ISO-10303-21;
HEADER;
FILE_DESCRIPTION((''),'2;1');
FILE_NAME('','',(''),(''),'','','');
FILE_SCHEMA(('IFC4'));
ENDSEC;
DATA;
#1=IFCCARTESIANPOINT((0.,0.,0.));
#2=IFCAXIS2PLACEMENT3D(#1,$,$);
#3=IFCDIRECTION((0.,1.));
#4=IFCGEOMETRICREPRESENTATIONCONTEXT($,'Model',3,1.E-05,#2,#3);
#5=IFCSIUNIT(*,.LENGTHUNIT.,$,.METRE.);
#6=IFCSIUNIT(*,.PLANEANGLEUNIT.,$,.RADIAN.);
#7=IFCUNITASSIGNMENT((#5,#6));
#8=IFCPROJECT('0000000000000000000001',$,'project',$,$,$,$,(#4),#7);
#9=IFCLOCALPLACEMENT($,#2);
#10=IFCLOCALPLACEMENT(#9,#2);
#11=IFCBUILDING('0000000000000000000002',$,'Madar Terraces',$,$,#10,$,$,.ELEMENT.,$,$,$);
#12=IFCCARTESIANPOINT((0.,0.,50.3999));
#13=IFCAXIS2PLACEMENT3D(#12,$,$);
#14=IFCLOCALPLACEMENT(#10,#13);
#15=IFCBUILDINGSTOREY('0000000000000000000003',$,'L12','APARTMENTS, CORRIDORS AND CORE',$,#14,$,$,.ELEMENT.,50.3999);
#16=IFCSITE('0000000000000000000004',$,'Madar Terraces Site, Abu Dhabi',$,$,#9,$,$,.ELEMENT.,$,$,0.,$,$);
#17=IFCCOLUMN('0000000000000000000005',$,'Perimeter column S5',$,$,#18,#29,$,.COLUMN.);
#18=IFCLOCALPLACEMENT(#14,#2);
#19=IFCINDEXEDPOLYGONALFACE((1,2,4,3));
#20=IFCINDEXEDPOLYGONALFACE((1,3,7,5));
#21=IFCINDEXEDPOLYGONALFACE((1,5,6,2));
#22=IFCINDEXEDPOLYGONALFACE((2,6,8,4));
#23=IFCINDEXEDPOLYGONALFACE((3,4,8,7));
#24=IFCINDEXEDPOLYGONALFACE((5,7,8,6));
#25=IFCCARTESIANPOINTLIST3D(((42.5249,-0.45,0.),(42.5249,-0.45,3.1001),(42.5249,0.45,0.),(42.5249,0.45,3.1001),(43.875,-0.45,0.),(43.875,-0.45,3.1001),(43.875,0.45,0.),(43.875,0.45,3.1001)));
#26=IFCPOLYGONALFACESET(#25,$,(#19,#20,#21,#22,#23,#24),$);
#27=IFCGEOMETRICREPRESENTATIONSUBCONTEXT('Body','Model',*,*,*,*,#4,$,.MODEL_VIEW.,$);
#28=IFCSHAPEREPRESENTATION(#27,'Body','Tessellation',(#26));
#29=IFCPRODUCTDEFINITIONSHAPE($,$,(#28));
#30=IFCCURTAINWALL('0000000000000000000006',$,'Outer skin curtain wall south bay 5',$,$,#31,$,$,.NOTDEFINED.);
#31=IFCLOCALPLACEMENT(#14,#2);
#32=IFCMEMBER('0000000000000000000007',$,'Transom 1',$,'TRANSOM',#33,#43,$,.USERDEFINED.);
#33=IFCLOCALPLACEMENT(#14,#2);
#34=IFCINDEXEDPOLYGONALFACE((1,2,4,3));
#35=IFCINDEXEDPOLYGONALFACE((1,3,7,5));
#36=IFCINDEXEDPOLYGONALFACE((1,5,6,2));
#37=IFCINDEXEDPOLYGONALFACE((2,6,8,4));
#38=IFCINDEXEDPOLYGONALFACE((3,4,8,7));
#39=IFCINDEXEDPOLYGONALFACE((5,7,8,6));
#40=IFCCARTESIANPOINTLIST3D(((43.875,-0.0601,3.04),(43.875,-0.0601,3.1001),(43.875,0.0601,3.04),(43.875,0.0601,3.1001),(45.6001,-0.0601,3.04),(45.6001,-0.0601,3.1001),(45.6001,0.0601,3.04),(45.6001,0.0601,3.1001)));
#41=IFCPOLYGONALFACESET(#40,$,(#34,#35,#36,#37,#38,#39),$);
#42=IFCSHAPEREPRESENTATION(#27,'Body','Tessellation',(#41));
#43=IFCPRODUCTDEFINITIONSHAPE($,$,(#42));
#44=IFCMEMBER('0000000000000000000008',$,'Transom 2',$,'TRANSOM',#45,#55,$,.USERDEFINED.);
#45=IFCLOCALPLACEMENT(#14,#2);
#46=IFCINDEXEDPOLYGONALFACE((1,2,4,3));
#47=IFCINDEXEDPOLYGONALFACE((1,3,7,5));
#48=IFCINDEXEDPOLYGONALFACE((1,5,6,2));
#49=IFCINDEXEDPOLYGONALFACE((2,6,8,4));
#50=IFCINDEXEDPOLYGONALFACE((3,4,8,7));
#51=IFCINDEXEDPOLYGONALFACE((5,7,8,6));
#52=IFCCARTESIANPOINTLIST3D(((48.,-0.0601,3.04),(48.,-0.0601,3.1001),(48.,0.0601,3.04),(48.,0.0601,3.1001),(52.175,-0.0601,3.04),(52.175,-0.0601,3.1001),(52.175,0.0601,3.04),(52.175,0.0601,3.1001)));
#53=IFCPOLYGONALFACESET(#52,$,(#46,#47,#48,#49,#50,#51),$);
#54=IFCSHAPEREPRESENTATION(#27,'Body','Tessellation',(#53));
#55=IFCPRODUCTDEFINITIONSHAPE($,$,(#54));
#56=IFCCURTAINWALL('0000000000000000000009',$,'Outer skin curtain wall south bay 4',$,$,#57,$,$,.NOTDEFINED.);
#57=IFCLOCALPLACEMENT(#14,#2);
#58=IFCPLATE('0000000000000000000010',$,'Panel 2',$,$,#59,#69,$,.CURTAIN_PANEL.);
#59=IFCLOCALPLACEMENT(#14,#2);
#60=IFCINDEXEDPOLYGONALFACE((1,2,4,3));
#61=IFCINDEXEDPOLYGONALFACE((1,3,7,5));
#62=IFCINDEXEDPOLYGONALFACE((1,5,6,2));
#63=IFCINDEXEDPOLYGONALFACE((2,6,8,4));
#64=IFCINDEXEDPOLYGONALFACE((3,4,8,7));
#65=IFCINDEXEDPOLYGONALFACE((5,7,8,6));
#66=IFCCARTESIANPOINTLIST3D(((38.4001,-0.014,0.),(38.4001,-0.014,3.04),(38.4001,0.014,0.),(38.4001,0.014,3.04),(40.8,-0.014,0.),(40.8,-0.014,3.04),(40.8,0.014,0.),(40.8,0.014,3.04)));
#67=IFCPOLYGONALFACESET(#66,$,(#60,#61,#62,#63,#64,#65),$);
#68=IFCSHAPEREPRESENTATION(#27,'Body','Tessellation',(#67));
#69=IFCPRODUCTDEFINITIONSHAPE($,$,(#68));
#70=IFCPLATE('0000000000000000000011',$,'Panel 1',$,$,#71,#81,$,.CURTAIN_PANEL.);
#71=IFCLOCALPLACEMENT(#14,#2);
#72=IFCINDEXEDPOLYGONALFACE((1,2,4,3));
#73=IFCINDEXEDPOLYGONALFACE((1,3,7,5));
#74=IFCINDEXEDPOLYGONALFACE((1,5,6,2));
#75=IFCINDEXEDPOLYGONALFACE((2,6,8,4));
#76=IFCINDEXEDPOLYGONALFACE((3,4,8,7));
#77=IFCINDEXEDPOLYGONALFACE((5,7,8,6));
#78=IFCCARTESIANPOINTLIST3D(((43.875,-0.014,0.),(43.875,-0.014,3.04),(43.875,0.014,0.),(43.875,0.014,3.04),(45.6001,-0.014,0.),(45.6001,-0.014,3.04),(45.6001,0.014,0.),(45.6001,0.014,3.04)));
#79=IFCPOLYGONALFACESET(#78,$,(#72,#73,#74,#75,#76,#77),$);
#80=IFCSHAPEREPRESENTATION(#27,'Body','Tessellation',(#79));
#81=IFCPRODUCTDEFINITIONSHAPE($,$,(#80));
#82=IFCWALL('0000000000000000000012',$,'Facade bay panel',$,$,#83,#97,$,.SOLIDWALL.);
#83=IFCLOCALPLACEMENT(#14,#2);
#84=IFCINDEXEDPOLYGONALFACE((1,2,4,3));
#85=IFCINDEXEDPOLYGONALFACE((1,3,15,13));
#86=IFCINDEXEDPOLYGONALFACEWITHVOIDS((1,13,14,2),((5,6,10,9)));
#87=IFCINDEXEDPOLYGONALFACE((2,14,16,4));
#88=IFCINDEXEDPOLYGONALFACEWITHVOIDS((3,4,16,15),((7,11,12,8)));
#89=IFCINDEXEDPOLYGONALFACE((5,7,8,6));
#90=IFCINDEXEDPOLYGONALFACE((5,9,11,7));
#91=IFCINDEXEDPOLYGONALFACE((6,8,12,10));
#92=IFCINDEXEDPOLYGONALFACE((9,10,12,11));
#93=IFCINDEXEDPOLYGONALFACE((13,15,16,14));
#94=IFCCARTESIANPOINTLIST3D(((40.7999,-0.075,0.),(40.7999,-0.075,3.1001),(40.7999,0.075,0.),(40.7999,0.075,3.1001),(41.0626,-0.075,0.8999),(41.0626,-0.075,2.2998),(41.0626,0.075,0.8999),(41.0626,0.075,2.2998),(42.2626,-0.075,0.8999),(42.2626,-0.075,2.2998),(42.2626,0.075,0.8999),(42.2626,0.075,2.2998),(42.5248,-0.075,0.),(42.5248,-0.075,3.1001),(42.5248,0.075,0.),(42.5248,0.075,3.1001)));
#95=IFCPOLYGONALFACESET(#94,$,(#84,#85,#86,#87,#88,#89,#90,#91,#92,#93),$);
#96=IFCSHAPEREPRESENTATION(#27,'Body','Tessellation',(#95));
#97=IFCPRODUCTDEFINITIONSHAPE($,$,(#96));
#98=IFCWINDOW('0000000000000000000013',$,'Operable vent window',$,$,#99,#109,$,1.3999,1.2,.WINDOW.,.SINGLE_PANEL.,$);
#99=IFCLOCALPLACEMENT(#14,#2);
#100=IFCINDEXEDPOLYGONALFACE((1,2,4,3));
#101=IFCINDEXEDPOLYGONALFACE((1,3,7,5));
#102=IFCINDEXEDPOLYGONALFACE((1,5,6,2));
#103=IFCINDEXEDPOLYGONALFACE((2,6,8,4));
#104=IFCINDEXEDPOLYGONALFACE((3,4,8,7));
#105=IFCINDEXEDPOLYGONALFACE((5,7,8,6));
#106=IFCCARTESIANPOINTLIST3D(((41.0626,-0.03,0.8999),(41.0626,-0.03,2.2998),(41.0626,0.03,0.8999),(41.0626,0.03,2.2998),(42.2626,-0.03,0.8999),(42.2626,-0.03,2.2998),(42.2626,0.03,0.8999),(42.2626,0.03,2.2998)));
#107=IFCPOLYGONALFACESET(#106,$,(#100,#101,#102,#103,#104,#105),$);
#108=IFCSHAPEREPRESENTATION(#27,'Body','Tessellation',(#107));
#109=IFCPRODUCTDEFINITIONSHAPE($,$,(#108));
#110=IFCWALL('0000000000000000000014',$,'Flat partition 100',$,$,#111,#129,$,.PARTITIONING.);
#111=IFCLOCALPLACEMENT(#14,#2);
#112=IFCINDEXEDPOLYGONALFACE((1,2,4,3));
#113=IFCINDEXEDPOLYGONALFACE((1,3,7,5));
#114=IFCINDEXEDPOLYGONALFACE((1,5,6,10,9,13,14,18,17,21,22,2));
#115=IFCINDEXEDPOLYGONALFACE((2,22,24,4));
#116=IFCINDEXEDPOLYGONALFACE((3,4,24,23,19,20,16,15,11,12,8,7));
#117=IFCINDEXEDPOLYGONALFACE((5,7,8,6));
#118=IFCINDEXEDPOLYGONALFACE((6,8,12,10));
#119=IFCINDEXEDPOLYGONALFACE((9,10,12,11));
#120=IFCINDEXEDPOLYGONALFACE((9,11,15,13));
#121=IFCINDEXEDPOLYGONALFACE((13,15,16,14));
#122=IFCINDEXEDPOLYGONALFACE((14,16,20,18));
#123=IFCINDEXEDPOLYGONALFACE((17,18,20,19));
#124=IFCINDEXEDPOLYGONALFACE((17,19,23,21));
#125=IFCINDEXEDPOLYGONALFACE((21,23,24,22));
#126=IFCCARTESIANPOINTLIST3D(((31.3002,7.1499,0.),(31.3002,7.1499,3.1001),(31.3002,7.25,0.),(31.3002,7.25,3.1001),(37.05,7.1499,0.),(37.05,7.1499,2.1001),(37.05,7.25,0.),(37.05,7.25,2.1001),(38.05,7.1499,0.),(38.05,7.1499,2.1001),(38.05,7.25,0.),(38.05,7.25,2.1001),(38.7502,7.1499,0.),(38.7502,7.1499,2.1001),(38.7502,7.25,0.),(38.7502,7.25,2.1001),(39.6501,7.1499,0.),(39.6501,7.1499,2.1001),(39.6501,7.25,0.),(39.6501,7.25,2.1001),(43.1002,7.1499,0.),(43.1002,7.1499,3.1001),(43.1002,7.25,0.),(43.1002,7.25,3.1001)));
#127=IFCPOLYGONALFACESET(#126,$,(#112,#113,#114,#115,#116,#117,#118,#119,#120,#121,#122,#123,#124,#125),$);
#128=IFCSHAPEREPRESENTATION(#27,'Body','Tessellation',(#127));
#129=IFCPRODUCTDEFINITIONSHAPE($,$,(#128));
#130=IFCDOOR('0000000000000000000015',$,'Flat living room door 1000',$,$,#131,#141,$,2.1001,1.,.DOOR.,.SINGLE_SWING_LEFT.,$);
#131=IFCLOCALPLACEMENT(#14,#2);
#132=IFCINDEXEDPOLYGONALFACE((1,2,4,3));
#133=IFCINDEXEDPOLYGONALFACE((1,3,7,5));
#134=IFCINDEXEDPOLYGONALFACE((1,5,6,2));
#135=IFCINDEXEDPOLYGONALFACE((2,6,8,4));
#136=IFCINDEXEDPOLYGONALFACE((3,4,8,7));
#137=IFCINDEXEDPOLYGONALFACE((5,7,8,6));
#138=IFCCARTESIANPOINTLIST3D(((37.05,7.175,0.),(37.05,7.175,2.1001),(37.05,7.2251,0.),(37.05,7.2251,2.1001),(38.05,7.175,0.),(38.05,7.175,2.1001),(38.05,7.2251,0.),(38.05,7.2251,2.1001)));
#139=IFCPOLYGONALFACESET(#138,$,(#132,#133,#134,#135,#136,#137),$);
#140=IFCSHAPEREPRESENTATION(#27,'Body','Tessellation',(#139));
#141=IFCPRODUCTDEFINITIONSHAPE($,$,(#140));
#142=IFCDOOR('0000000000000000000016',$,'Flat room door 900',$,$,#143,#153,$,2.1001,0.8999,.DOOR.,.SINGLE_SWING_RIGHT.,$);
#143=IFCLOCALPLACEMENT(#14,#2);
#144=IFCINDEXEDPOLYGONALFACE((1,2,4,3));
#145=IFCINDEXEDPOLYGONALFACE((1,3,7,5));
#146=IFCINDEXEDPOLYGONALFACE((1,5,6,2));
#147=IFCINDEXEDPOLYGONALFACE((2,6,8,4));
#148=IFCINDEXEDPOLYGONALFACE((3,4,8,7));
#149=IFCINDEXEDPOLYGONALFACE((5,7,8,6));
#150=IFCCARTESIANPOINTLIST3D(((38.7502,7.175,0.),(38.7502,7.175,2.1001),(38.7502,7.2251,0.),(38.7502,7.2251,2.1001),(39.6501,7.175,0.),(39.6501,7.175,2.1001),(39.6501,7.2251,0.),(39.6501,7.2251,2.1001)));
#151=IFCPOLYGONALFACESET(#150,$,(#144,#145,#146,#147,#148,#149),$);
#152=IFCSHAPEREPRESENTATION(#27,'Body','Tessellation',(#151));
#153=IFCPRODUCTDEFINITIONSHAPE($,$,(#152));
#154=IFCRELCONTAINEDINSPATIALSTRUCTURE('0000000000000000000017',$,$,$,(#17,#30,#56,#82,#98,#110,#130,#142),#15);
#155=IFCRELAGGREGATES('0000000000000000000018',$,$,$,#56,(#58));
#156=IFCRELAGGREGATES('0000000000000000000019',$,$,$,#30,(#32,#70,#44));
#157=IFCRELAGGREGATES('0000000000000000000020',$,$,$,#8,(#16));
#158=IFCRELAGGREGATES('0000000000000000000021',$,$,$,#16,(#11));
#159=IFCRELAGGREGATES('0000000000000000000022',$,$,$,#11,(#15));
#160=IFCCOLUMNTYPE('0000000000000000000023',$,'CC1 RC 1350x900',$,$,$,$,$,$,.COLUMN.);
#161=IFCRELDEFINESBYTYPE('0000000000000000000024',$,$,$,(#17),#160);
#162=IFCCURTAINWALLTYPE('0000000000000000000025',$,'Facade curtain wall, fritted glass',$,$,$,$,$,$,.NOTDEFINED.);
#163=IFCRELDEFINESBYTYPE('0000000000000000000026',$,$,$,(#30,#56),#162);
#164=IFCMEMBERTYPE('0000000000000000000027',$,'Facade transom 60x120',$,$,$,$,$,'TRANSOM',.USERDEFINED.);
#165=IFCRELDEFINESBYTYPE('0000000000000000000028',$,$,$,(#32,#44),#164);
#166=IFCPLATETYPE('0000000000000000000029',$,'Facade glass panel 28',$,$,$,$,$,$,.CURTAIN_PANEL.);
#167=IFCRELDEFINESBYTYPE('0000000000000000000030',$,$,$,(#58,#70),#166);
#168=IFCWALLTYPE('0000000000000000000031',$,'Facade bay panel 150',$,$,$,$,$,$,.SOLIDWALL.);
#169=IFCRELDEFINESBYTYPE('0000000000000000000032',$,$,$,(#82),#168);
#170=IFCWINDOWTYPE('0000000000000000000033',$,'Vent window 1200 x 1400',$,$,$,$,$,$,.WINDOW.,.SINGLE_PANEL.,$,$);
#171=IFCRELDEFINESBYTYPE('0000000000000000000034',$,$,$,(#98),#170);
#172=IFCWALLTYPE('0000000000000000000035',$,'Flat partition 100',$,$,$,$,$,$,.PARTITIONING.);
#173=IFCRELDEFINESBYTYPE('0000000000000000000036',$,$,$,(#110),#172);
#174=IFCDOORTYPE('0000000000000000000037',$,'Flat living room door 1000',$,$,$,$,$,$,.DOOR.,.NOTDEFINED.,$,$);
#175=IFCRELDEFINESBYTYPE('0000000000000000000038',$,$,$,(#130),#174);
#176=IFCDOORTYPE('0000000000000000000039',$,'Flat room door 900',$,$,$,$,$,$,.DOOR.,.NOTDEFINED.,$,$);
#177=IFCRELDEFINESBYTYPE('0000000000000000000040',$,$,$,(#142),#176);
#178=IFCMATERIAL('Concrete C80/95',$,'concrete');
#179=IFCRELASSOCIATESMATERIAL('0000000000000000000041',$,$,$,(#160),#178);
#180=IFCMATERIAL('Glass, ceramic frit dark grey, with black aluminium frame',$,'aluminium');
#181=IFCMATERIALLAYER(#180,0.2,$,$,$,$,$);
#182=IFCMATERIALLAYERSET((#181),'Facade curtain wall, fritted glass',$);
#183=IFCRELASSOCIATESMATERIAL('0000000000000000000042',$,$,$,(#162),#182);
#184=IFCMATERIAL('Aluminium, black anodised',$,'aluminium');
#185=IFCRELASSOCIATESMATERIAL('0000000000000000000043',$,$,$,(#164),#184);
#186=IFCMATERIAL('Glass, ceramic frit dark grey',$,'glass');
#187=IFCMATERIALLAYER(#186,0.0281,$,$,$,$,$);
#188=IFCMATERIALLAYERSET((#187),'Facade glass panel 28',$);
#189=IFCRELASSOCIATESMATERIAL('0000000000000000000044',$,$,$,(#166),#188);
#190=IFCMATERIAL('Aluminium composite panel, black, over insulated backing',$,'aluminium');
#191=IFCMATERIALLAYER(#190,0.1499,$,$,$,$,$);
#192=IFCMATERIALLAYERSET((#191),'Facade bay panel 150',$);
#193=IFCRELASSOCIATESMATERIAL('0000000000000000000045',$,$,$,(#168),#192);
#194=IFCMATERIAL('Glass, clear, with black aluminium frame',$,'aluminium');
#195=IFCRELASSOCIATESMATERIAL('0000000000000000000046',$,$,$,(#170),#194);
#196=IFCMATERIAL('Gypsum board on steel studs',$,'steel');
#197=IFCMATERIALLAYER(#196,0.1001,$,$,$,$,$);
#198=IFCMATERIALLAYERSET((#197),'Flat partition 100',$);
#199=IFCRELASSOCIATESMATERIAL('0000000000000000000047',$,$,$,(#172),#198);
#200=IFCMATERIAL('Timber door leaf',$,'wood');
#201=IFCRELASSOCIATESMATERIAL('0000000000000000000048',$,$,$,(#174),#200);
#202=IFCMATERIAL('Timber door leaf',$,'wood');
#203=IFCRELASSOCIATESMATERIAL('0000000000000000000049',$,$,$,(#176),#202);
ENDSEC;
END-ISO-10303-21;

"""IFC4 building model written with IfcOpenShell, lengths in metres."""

from ifc_helpers import new_model, si_unit, direction, frame, frame_2d, origin, origin_2d, place, context, subcontext, project, spatial, rectangle, extrude, material, layer, layer_set, material_profile, profile_set, type_object, element, fill, aggregate, save


model = new_model("IFC4")

# Units and contexts
model_context = context("Model", 3, precision=1e-05, world=origin(), true_north=direction((0.0, 1.0)))
body_context = subcontext(model_context, "Body", "Model", "MODEL_VIEW")
ifc_project = project(units=[si_unit("LENGTHUNIT", "METRE"), si_unit("PLANEANGLEUNIT", "RADIAN")], contexts=[model_context])

# Site, building, storey
site_placement = place(None, origin())
site = spatial("IfcSite", under=ifc_project, at=site_placement, Name="Madar Terraces Site, Abu Dhabi", CompositionType="ELEMENT", RefElevation=0.0)
building_placement = place(site_placement, origin())
building = spatial("IfcBuilding", under=site, at=building_placement, Name="Madar Terraces", CompositionType="ELEMENT")
storey_placement = place(building_placement, frame((0.0, 0.0, 50.3999)))
storey = spatial("IfcBuildingStorey", under=building, at=storey_placement, Name="L12", Description="APARTMENTS, CORRIDORS AND CORE", CompositionType="ELEMENT", Elevation=50.3999)

# Column
ifc_material_1 = material(Name="Concrete C80/95", Category="concrete")
ifc_material_profile_1 = material_profile(ifc_material_1, rectangle(XDim=1.3501, YDim=0.8999, at=origin_2d()), Name="CC1 RC 1350x900")
ifc_profile_set_1 = profile_set([ifc_material_profile_1], Name="Concrete C80/95")
column_type = type_object("IfcColumnType", Name="CC1 RC 1350x900", PredefinedType="COLUMN", material=ifc_profile_set_1)
column_placement = place(storey_placement, frame((43.2, 0.0, 0.0), z_axis=(0.0, 0.0, 1.0), x_axis=(1.0, 0.0, 0.0)))
element("IfcColumn", 1, at=column_placement, inside=storey, type_object=column_type, Name="Perimeter column S5", PredefinedType="COLUMN", context=body_context, shape_type="SweptSolid", body=[
    extrude(rectangle(XDim=1.3501, YDim=0.8999, at=origin_2d()), origin(), (0.0, 0.0, 1.0), 3.1001),
])

# Curtain wall, members
ifc_material_2 = material(Name="Glass, ceramic frit dark grey, with black aluminium frame", Category="aluminium")
ifc_layer_1 = layer(ifc_material_2, 0.2)
ifc_layer_set_1 = layer_set([ifc_layer_1], Name="Facade curtain wall, fritted glass")
curtain_wall_type = type_object("IfcCurtainWallType", Name="Facade curtain wall, fritted glass", PredefinedType="NOTDEFINED", material=ifc_layer_set_1)
curtain_wall_1_placement = place(storey_placement, origin())
curtain_wall_1 = element("IfcCurtainWall", 2, at=curtain_wall_1_placement, inside=storey, type_object=curtain_wall_type, Name="Outer skin curtain wall south bay 5", PredefinedType="NOTDEFINED")
ifc_material_3 = material(Name="Aluminium, black anodised", Category="aluminium")
ifc_material_profile_2 = material_profile(ifc_material_3, rectangle(XDim=0.1201, YDim=0.0601, at=origin_2d()), Name="Facade transom 60x120")
ifc_profile_set_2 = profile_set([ifc_material_profile_2], Name="Aluminium, black anodised")
member_type = type_object("IfcMemberType", Name="Facade transom 60x120", ElementType="TRANSOM", PredefinedType="USERDEFINED", material=ifc_profile_set_2)
member_1_placement = place(storey_placement, frame((43.875, 0.0, 3.0701), z_axis=(1.0, 0.0, 0.0), x_axis=(0.0, 1.0, 0.0)))
member_1 = element("IfcMember", 3, at=member_1_placement, type_object=member_type, Name="Transom 1", ObjectType="TRANSOM", PredefinedType="USERDEFINED", context=body_context, shape_type="SweptSolid", body=[
    extrude(rectangle(XDim=0.1201, YDim=0.0601, at=origin_2d()), origin(), (0.0, 0.0, 1.0), 1.7251),
])
member_2_placement = place(storey_placement, frame((48.0, 0.0, 3.0701), z_axis=(1.0, 0.0, 0.0), x_axis=(0.0, 1.0, 0.0)))
member_2 = element("IfcMember", 4, at=member_2_placement, type_object=member_type, Name="Transom 2", ObjectType="TRANSOM", PredefinedType="USERDEFINED", context=body_context, shape_type="SweptSolid", body=[
    extrude(rectangle(XDim=0.1201, YDim=0.0601, at=origin_2d()), origin(), (0.0, 0.0, 1.0), 4.175),
])

# Curtain wall, plate
curtain_wall_2_placement = place(storey_placement, origin())
curtain_wall_2 = element("IfcCurtainWall", 5, at=curtain_wall_2_placement, inside=storey, type_object=curtain_wall_type, Name="Outer skin curtain wall south bay 4", PredefinedType="NOTDEFINED")
ifc_material_4 = material(Name="Glass, ceramic frit dark grey", Category="glass")
ifc_layer_2 = layer(ifc_material_4, 0.0281)
ifc_layer_set_2 = layer_set([ifc_layer_2], Name="Facade glass panel 28")
plate_type = type_object("IfcPlateType", Name="Facade glass panel 28", PredefinedType="CURTAIN_PANEL", material=ifc_layer_set_2)
plate_1_placement = place(storey_placement, frame((39.6001, 0.0, 0.0), z_axis=(0.0, 0.0, 1.0), x_axis=(1.0, 0.0, 0.0)))
plate_1 = element("IfcPlate", 6, at=plate_1_placement, type_object=plate_type, Name="Panel 2", PredefinedType="CURTAIN_PANEL", context=body_context, shape_type="SweptSolid", body=[
    extrude(rectangle(XDim=2.3999, YDim=0.0281, at=origin_2d()), origin(), (0.0, 0.0, 1.0), 3.04),
])
aggregate(curtain_wall_2, [plate_1])

# Plate
plate_2_placement = place(storey_placement, frame((44.7375, 0.0, 0.0), z_axis=(0.0, 0.0, 1.0), x_axis=(1.0, 0.0, 0.0)))
plate_2 = element("IfcPlate", 7, at=plate_2_placement, type_object=plate_type, Name="Panel 1", PredefinedType="CURTAIN_PANEL", context=body_context, shape_type="SweptSolid", body=[
    extrude(rectangle(XDim=1.7251, YDim=0.0281, at=origin_2d()), origin(), (0.0, 0.0, 1.0), 3.04),
])
aggregate(curtain_wall_1, [member_1, plate_2, member_2])

# Wall, opening, window
ifc_material_5 = material(Name="Aluminium composite panel, black, over insulated backing", Category="aluminium")
ifc_layer_3 = layer(ifc_material_5, 0.1499)
ifc_layer_set_3 = layer_set([ifc_layer_3], Name="Facade bay panel 150")
wall_type_1 = type_object("IfcWallType", Name="Facade bay panel 150", PredefinedType="SOLIDWALL", material=ifc_layer_set_3)
wall_1_placement = place(storey_placement, frame((40.8, 0.0, 0.0), z_axis=(0.0, 0.0, 1.0), x_axis=(1.0, 0.0, 0.0)))
wall_1 = element("IfcWall", 8, at=wall_1_placement, inside=storey, type_object=wall_type_1, Name="Facade bay panel", PredefinedType="SOLIDWALL", context=body_context, shape_type="SweptSolid", body=[
    extrude(rectangle(XDim=1.7249, YDim=0.1499, at=frame_2d((0.8623, 0.0))), origin(), (0.0, 0.0, 1.0), 3.1001),
])
opening_1_placement = place(wall_1_placement, frame((0.2625, 0.0, 0.8999)))
opening_1 = element("IfcOpeningElement", 9, at=opening_1_placement, cuts=wall_1, PredefinedType="OPENING", context=body_context, shape_type="SweptSolid", body=[
    extrude(rectangle(XDim=1.2, YDim=1.3999, at=frame_2d((0.6001, 0.7))), frame((0.0, 0.085, 0.0), z_axis=(0.0, -1.0, 0.0), x_axis=(1.0, 0.0, 0.0)), (0.0, 0.0, 1.0), 0.1699),
])
ifc_material_6 = material(Name="Glass, clear, with black aluminium frame", Category="aluminium")
window_type = type_object("IfcWindowType", Name="Vent window 1200 x 1400", PartitioningType="SINGLE_PANEL", PredefinedType="WINDOW", material=ifc_material_6)
window_placement = place(opening_1_placement, origin())
window = element("IfcWindow", 10, at=window_placement, inside=storey, type_object=window_type, Name="Operable vent window", OverallHeight=1.3999, OverallWidth=1.2, PartitioningType="SINGLE_PANEL", PredefinedType="WINDOW", context=body_context, shape_type="SweptSolid", body=[
    extrude(rectangle(XDim=1.2, YDim=1.3999, at=frame_2d((0.6001, 0.7))), frame((0.0, 0.03, 0.0), z_axis=(0.0, -1.0, 0.0), x_axis=(1.0, 0.0, 0.0)), (0.0, 0.0, 1.0), 0.0601),
])
fill(opening_1, window)

# Wall, openings, doors
ifc_material_7 = material(Name="Gypsum board on steel studs", Category="steel")
ifc_layer_4 = layer(ifc_material_7, 0.1001)
ifc_layer_set_4 = layer_set([ifc_layer_4], Name="Flat partition 100")
wall_type_2 = type_object("IfcWallType", Name="Flat partition 100", PredefinedType="PARTITIONING", material=ifc_layer_set_4)
wall_2_placement = place(storey_placement, frame((43.1001, 7.2, 0.0), z_axis=(0.0, 0.0, 1.0), x_axis=(-1.0, 0.0, 0.0)))
wall_2 = element("IfcWall", 11, at=wall_2_placement, inside=storey, type_object=wall_type_2, Name="Flat partition 100", PredefinedType="PARTITIONING", context=body_context, shape_type="SweptSolid", body=[
    extrude(rectangle(XDim=11.8, YDim=0.1001, at=frame_2d((5.8999, 0.0))), origin(), (0.0, 0.0, 1.0), 3.1001),
])
opening_2_placement = place(wall_2_placement, frame((3.45, 0.0, 0.0)))
opening_2 = element("IfcOpeningElement", 12, at=opening_2_placement, cuts=wall_2, PredefinedType="OPENING", context=body_context, shape_type="SweptSolid", body=[
    extrude(rectangle(XDim=0.8999, YDim=2.1001, at=frame_2d((0.45, 1.05))), frame((0.0, 0.0601, 0.0), z_axis=(0.0, -1.0, 0.0), x_axis=(1.0, 0.0, 0.0)), (0.0, 0.0, 1.0), 0.1201),
])
opening_3_placement = place(wall_2_placement, frame((5.05, 0.0, 0.0)))
opening_3 = element("IfcOpeningElement", 13, at=opening_3_placement, cuts=wall_2, PredefinedType="OPENING", context=body_context, shape_type="SweptSolid", body=[
    extrude(rectangle(XDim=1.0, YDim=2.1001, at=frame_2d((0.5, 1.05))), frame((0.0, 0.0601, 0.0), z_axis=(0.0, -1.0, 0.0), x_axis=(1.0, 0.0, 0.0)), (0.0, 0.0, 1.0), 0.1201),
])
ifc_material_8 = material(Name="Timber door leaf", Category="wood")
door_type_1 = type_object("IfcDoorType", Name="Flat living room door 1000", OperationType="NOTDEFINED", PredefinedType="DOOR", material=ifc_material_8)
door_1_placement = place(opening_3_placement, origin())
door_1 = element("IfcDoor", 14, at=door_1_placement, inside=storey, type_object=door_type_1, Name="Flat living room door 1000", OperationType="SINGLE_SWING_LEFT", OverallHeight=2.1001, OverallWidth=1.0, PredefinedType="DOOR", context=body_context, shape_type="SweptSolid", body=[
    extrude(rectangle(XDim=1.0, YDim=2.1001, at=frame_2d((0.5, 1.05))), frame((0.0, 0.0249, 0.0), z_axis=(0.0, -1.0, 0.0), x_axis=(1.0, 0.0, 0.0)), (0.0, 0.0, 1.0), 0.05),
])
fill(opening_3, door_1)
ifc_material_9 = material(Name="Timber door leaf", Category="wood")
door_type_2 = type_object("IfcDoorType", Name="Flat room door 900", OperationType="NOTDEFINED", PredefinedType="DOOR", material=ifc_material_9)
door_2_placement = place(opening_2_placement, origin())
door_2 = element("IfcDoor", 15, at=door_2_placement, inside=storey, type_object=door_type_2, Name="Flat room door 900", OperationType="SINGLE_SWING_RIGHT", OverallHeight=2.1001, OverallWidth=0.8999, PredefinedType="DOOR", context=body_context, shape_type="SweptSolid", body=[
    extrude(rectangle(XDim=0.8999, YDim=2.1001, at=frame_2d((0.45, 1.05))), frame((0.0, 0.0249, 0.0), z_axis=(0.0, -1.0, 0.0), x_axis=(1.0, 0.0, 0.0)), (0.0, 0.0, 1.0), 0.05),
])
fill(opening_2, door_2)

save(model, "model.ifc")
